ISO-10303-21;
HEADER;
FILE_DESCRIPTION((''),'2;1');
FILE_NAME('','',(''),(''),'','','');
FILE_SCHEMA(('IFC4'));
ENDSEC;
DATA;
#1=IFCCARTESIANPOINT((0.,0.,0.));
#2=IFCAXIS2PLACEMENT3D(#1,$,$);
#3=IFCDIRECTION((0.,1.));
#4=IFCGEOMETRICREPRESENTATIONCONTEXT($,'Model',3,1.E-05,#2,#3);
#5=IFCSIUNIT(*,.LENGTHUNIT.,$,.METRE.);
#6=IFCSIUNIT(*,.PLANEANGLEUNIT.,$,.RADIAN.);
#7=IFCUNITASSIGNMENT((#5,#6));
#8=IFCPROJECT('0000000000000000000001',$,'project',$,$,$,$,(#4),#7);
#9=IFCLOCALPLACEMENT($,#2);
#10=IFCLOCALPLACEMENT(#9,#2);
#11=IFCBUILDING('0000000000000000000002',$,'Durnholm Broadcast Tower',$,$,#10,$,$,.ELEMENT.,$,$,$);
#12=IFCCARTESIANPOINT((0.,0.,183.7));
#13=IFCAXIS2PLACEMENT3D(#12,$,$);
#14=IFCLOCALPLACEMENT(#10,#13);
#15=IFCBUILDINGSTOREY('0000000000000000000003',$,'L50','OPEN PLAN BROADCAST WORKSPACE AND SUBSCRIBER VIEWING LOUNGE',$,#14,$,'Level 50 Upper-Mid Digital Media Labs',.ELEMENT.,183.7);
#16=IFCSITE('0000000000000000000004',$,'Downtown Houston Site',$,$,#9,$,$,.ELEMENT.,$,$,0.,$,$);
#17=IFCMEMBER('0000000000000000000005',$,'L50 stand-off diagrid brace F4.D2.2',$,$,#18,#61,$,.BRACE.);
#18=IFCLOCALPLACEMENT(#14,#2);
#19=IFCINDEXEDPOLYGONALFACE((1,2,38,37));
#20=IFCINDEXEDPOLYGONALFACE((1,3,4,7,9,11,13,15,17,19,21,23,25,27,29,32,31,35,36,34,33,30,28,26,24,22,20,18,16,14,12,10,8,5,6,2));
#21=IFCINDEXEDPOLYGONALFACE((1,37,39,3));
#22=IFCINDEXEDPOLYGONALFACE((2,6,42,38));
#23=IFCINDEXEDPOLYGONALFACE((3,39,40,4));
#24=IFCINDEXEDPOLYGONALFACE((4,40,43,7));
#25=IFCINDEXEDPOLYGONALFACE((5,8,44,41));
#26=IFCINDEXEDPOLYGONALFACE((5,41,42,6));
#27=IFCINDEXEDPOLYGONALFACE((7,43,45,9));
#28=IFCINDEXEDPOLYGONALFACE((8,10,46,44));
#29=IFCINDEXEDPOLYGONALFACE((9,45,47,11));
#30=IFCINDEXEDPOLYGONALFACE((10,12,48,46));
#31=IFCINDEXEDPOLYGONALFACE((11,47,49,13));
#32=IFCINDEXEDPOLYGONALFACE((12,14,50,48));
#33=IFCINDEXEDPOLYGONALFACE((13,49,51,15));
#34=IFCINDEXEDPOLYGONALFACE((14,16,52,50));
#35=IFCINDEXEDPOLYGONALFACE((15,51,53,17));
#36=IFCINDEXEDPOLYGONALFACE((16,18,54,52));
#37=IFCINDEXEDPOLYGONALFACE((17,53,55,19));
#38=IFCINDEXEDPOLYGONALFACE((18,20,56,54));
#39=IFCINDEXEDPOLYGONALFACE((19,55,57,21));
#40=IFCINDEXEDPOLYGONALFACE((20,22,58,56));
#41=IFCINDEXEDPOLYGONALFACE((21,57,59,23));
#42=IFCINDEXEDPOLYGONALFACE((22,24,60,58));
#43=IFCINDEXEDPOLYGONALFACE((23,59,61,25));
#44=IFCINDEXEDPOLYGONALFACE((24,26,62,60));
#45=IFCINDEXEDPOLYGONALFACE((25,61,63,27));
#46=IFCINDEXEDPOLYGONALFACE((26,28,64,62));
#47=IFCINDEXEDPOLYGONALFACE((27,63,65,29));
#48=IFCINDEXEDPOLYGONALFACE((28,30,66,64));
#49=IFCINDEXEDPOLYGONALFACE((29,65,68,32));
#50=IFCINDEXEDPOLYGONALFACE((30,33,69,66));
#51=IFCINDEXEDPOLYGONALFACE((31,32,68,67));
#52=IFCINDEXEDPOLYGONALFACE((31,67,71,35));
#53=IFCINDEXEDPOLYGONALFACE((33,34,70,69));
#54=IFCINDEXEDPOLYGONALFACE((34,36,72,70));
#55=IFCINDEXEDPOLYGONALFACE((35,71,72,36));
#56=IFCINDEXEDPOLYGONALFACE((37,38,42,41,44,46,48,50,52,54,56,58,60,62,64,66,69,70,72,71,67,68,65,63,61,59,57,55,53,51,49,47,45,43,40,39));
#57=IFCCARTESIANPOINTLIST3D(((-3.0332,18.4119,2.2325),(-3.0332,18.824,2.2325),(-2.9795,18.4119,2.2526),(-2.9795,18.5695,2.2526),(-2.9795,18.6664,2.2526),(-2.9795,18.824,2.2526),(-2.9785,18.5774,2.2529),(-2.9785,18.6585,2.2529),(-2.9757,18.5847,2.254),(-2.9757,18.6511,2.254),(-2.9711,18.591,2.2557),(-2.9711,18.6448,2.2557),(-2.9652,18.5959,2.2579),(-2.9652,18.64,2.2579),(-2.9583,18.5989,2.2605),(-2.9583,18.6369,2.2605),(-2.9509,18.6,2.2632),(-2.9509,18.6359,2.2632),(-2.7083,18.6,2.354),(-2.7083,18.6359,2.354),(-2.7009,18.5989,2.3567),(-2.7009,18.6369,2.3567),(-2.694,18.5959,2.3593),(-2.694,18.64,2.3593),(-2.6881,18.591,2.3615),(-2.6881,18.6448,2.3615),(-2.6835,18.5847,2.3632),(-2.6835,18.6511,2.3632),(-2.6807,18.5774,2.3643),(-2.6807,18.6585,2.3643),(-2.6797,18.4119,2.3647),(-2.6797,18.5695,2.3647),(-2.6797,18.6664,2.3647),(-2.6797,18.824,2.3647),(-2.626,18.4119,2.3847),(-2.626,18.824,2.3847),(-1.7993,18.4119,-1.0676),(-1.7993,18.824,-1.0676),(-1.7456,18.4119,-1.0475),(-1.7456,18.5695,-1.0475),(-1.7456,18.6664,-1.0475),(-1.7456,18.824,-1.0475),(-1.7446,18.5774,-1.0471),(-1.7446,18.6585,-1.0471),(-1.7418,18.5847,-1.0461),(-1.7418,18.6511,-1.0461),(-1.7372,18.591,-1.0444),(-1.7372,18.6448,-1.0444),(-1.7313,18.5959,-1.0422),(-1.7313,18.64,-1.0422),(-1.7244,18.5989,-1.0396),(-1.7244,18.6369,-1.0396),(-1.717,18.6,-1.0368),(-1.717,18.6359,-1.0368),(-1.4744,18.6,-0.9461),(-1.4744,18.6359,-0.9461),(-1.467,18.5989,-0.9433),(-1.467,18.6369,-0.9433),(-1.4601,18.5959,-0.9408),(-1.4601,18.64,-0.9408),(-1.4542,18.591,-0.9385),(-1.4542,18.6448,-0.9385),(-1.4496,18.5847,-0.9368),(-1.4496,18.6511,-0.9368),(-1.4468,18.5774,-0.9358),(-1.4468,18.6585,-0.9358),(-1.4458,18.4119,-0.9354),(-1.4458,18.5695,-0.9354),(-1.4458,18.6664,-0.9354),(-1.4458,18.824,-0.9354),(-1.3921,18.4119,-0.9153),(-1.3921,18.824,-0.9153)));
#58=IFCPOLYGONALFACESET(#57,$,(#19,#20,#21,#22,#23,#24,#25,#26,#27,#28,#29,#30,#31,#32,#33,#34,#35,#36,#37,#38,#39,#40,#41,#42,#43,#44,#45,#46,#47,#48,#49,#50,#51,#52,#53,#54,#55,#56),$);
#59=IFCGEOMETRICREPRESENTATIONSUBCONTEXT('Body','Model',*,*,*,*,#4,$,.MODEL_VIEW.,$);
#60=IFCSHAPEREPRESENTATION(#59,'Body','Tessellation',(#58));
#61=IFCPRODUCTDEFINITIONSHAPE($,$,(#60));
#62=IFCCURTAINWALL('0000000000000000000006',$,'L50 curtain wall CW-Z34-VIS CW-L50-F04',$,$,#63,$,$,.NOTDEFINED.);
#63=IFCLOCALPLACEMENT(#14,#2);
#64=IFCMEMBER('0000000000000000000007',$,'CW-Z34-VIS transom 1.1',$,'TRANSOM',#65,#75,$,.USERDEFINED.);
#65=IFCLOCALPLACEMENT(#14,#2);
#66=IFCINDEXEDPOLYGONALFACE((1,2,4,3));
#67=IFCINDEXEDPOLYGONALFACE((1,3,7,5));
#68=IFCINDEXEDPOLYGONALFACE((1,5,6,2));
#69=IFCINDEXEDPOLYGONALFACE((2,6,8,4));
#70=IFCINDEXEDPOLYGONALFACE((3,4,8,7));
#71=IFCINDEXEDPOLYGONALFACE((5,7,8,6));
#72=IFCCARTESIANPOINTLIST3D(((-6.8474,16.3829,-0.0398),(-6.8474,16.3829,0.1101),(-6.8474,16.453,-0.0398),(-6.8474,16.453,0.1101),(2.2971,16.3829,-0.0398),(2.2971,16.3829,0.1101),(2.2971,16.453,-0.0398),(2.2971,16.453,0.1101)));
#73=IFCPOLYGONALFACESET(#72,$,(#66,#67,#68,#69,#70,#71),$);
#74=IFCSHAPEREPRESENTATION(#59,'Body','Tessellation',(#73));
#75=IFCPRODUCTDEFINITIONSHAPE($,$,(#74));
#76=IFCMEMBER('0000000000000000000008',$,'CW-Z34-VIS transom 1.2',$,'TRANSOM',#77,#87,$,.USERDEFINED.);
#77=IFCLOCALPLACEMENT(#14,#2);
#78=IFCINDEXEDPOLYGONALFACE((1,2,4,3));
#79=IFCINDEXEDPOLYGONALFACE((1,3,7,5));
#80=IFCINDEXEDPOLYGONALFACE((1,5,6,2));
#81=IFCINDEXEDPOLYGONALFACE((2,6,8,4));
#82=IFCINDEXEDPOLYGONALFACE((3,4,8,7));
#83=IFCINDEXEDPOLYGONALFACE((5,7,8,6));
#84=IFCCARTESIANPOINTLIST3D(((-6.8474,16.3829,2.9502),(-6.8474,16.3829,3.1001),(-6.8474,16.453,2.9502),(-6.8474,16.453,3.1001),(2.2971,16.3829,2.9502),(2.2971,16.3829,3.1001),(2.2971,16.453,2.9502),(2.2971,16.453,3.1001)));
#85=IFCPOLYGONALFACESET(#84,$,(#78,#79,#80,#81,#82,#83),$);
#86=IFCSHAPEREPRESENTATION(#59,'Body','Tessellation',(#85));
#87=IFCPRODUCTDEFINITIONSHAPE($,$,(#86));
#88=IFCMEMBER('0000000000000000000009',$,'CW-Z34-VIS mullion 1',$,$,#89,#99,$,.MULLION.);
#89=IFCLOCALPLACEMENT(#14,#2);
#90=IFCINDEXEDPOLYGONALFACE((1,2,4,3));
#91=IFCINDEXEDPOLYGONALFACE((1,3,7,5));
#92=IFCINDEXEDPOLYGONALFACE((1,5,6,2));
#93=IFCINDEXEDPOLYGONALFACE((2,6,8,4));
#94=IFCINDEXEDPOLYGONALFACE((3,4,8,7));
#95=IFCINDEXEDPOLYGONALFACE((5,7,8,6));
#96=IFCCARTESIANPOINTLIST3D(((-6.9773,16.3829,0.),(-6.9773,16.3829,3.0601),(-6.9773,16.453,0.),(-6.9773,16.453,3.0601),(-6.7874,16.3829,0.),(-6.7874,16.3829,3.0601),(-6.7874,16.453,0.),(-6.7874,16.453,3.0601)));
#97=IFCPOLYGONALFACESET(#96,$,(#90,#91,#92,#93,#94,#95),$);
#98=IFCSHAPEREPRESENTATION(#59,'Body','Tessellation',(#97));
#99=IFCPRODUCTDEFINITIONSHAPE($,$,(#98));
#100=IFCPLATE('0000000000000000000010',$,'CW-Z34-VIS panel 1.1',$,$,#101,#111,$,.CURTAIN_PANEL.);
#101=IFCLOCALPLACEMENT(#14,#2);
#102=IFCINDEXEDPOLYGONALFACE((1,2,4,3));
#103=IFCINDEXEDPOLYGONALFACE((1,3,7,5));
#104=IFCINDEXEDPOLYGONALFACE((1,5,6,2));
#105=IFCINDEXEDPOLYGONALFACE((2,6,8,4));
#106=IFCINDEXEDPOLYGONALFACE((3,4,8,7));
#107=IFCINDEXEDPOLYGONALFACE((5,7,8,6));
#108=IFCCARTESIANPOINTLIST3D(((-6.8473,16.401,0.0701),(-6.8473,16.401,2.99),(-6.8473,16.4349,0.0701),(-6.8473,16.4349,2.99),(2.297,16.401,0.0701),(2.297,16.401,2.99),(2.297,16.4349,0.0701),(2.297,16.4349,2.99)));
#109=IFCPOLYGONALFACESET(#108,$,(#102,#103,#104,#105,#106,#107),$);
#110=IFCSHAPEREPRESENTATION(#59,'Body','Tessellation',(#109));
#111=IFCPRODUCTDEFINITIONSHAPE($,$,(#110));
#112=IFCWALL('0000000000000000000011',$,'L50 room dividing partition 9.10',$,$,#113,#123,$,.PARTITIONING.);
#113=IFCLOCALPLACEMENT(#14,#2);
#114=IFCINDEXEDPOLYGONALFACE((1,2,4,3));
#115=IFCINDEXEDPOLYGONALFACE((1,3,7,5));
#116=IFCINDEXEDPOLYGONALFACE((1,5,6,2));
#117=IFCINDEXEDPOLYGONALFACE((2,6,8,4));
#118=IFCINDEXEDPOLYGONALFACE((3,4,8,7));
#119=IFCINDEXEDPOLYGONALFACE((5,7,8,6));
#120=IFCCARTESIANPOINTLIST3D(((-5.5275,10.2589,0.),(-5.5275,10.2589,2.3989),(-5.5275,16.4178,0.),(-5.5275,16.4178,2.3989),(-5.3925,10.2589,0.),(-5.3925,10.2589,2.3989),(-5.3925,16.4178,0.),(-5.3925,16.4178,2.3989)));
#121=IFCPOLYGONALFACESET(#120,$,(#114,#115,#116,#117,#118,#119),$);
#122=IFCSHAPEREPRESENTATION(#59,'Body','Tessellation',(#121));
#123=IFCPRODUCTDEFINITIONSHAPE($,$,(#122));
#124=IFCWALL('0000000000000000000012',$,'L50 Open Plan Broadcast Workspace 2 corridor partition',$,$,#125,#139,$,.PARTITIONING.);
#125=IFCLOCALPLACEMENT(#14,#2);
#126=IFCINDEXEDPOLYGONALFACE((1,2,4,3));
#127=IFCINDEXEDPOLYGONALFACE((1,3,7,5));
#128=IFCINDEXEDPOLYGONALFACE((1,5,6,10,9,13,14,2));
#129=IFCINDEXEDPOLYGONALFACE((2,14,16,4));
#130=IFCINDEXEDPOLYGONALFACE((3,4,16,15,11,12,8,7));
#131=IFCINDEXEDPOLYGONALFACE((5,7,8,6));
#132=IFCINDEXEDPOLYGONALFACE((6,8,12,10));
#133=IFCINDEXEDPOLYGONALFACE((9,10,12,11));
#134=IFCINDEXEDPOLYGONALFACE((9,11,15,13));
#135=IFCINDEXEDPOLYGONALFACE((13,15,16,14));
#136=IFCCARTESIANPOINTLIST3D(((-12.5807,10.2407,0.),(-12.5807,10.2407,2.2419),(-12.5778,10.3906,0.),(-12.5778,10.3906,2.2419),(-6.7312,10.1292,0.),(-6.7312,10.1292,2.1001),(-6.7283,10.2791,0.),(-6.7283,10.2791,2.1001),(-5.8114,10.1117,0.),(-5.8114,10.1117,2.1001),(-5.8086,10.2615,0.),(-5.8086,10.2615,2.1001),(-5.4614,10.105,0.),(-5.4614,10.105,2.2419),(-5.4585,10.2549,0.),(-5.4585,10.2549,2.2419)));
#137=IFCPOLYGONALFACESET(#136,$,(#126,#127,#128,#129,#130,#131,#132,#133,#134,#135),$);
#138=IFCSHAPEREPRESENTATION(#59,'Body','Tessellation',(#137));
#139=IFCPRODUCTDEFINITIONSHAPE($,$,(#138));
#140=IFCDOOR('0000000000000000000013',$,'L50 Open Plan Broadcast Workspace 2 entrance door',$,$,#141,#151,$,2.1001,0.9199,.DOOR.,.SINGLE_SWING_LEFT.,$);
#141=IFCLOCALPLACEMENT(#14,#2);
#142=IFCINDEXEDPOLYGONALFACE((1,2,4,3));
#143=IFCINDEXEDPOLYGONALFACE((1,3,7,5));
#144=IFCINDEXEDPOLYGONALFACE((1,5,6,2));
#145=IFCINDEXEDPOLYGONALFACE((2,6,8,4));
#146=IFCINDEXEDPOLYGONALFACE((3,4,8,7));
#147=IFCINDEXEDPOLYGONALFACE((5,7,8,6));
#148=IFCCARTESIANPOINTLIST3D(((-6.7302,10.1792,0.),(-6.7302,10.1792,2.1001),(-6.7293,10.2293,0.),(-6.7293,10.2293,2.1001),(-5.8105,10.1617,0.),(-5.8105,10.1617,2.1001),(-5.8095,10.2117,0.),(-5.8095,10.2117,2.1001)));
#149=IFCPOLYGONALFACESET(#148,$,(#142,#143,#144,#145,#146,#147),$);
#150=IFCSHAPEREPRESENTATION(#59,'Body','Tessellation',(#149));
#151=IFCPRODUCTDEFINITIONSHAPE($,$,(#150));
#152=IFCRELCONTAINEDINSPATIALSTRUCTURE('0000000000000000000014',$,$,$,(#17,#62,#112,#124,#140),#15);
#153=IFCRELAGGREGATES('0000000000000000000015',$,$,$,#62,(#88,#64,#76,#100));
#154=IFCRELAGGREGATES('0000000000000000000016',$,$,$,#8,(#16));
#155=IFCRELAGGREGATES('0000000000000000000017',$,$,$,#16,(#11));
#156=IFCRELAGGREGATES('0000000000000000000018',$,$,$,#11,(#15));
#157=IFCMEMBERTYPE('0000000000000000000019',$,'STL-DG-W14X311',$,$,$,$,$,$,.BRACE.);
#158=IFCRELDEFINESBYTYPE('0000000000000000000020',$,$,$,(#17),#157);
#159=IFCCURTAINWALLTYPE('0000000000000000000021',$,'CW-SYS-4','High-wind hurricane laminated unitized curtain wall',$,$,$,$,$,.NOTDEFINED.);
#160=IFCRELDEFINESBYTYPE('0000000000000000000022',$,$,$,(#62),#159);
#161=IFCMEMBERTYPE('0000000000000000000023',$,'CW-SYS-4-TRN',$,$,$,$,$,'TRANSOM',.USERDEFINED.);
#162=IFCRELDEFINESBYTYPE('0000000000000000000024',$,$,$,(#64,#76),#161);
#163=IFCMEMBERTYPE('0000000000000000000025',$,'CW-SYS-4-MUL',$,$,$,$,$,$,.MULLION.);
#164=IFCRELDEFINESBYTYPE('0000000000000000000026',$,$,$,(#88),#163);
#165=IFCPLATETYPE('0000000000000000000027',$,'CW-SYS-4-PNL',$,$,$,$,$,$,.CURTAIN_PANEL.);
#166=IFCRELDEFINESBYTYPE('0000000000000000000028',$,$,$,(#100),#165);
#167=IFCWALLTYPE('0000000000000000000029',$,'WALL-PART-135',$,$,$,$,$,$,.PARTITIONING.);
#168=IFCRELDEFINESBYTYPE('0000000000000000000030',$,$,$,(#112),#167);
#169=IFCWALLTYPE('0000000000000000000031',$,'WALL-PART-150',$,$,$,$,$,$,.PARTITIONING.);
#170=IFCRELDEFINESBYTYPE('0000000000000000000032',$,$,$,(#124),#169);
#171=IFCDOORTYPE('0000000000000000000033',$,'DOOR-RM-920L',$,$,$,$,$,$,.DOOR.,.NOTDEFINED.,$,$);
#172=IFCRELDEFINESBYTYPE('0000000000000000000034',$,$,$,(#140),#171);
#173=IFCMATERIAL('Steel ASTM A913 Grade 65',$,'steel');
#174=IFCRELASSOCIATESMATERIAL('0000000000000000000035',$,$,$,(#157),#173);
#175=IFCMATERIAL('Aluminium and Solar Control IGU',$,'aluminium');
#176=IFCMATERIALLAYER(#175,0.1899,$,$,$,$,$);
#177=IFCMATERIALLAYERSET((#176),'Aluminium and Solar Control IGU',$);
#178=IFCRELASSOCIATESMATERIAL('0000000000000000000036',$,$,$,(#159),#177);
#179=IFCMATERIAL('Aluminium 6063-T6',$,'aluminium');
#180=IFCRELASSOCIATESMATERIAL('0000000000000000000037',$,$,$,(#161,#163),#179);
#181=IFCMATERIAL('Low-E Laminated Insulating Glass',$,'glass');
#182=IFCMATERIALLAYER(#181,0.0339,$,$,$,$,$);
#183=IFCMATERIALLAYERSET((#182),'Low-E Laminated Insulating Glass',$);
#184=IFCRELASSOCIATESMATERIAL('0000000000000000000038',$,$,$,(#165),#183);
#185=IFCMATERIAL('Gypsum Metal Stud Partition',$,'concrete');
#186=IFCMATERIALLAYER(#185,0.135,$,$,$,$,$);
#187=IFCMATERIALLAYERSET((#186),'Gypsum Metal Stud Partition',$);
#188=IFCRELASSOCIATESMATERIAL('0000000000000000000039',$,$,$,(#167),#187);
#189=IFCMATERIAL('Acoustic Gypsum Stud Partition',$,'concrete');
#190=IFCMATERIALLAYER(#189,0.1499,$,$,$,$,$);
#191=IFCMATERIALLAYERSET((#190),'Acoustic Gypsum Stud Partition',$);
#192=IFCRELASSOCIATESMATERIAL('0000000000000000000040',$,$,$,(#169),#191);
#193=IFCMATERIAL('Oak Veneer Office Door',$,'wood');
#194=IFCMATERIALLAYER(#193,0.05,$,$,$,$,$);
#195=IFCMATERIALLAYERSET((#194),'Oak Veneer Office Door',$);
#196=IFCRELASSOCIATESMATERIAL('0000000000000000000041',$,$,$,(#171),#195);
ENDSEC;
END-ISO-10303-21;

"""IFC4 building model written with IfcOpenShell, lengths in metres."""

from ifc_helpers import new_model, si_unit, direction, frame, frame_2d, origin, origin_2d, place, context, subcontext, project, spatial, rectangle, i_section, extrude, source, transform, mapped, material, layer, layer_set, material_profile, profile_set, type_object, type_shapes, element, fill, aggregate, save


model = new_model("IFC4")

# Units and contexts
model_context = context("Model", 3, precision=1e-05, world=origin(), true_north=direction((0.0, 1.0)))
body_context = subcontext(model_context, "Body", "Model", "MODEL_VIEW")
ifc_project = project(units=[si_unit("LENGTHUNIT", "METRE"), si_unit("PLANEANGLEUNIT", "RADIAN")], contexts=[model_context])

# Site, building, storey
site_placement = place(None, origin())
site = spatial("IfcSite", under=ifc_project, at=site_placement, Name="Downtown Houston Site", CompositionType="ELEMENT", RefElevation=0.0)
building_placement = place(site_placement, origin())
building = spatial("IfcBuilding", under=site, at=building_placement, Name="Durnholm Broadcast Tower", CompositionType="ELEMENT")
storey_placement = place(building_placement, frame((0.0, 0.0, 183.7)))
storey = spatial("IfcBuildingStorey", under=building, at=storey_placement, Name="L50", Description="OPEN PLAN BROADCAST WORKSPACE AND SUBSCRIBER VIEWING LOUNGE", LongName="Level 50 Upper-Mid Digital Media Labs", CompositionType="ELEMENT", Elevation=183.7)

# Member
ifc_material_1 = material(Name="Steel ASTM A913 Grade 65", Category="steel")
ifc_material_profile_1 = material_profile(ifc_material_1, i_section(OverallWidth=0.4121, OverallDepth=0.4348, WebThickness=0.0359, FlangeThickness=0.0574, FilletRadius=0.0305, at=origin_2d()), Name="W14X311")
ifc_profile_set_1 = profile_set([ifc_material_profile_1], Name="Steel ASTM A913 Grade 65")
member_type_1 = type_object("IfcMemberType", Name="STL-DG-W14X311", PredefinedType="BRACE", material=ifc_profile_set_1)
shared_shape_1 = source(origin(), body_context, "Body", "SweptSolid", [
    extrude(i_section(OverallWidth=0.4121, OverallDepth=0.4348, WebThickness=0.0359, FlangeThickness=0.0574, FilletRadius=0.0305, at=origin_2d()), origin(), (0.0, 0.0, 1.0), 3.5232),
])
type_shapes(member_type_1, [shared_shape_1])
for number, where, z_axis, x_axis, name in (
    (1, (-1.5957, 18.6179, -0.9915), (-0.35022, 0.0, 0.936668), (0.0, -1.0, 0.0), "L50 stand-off diagrid brace F4.D2.2"),
):
    element("IfcMember", number, at=place(storey_placement, frame(where, z_axis=z_axis, x_axis=x_axis)), inside=storey, type_object=member_type_1, Name=name, PredefinedType="BRACE", context=body_context, shape_type="MappedRepresentation", body=[
        mapped(shared_shape_1, transform((0.0, 0.0, 0.0), x_axis=(1.0, 0.0, 0.0), y_axis=(0.0, 1.0, 0.0), z_axis=(0.0, 0.0, 1.0), scale=1.0)),
    ])

# Curtain wall, members, plate
ifc_material_2 = material(Name="Aluminium and Solar Control IGU", Category="aluminium")
ifc_layer_1 = layer(ifc_material_2, 0.1899)
ifc_layer_set_1 = layer_set([ifc_layer_1], Name="Aluminium and Solar Control IGU")
curtain_wall_type = type_object("IfcCurtainWallType", Name="CW-SYS-4", Description="High-wind hurricane laminated unitized curtain wall", PredefinedType="NOTDEFINED", material=ifc_layer_set_1)
curtain_wall_placement = place(storey_placement, origin())
curtain_wall = element("IfcCurtainWall", 2, at=curtain_wall_placement, inside=storey, type_object=curtain_wall_type, Name="L50 curtain wall CW-Z34-VIS CW-L50-F04", PredefinedType="NOTDEFINED")
ifc_material_3 = material(Name="Aluminium 6063-T6", Category="aluminium")
ifc_material_profile_2 = material_profile(ifc_material_3, rectangle(XDim=0.0701, YDim=0.1499, at=origin_2d()), Name="CWT70X150")
ifc_profile_set_2 = profile_set([ifc_material_profile_2], Name="Aluminium 6063-T6")
member_type_2 = type_object("IfcMemberType", Name="CW-SYS-4-TRN", ElementType="TRANSOM", PredefinedType="USERDEFINED", material=ifc_profile_set_2)
shared_shape_2 = source(origin(), body_context, "Body", "SweptSolid", [
    extrude(rectangle(XDim=0.0701, YDim=0.1499, at=origin_2d()), origin(), (0.0, 0.0, 1.0), 9.1445),
])
type_shapes(member_type_2, [shared_shape_2])
member_1_placement = place(storey_placement, frame((-6.8474, 16.418, 0.0352), z_axis=(1.0, 0.0, 0.0), x_axis=(0.0, 1.0, 0.0)))
member_1 = element("IfcMember", 3, at=member_1_placement, type_object=member_type_2, Name="CW-Z34-VIS transom 1.1", ObjectType="TRANSOM", PredefinedType="USERDEFINED", context=body_context, shape_type="MappedRepresentation", body=[
    mapped(shared_shape_2, transform((0.0, 0.0, 0.0), x_axis=(1.0, 0.0, 0.0), y_axis=(0.0, 1.0, 0.0), z_axis=(0.0, 0.0, 1.0), scale=1.0)),
])
member_2_placement = place(storey_placement, frame((-6.8474, 16.418, 3.0251), z_axis=(1.0, 0.0, 0.0), x_axis=(0.0, 1.0, 0.0)))
member_2 = element("IfcMember", 4, at=member_2_placement, type_object=member_type_2, Name="CW-Z34-VIS transom 1.2", ObjectType="TRANSOM", PredefinedType="USERDEFINED", context=body_context, shape_type="MappedRepresentation", body=[
    mapped(shared_shape_2, transform((0.0, 0.0, 0.0), x_axis=(1.0, 0.0, 0.0), y_axis=(0.0, 1.0, 0.0), z_axis=(0.0, 0.0, 1.0), scale=1.0)),
])
ifc_material_profile_3 = material_profile(ifc_material_3, rectangle(XDim=0.0701, YDim=0.1899, at=origin_2d()), Name="CWM70X190")
ifc_profile_set_3 = profile_set([ifc_material_profile_3], Name="Aluminium 6063-T6")
member_type_3 = type_object("IfcMemberType", Name="CW-SYS-4-MUL", PredefinedType="MULLION", material=ifc_profile_set_3)
shared_shape_3 = source(origin(), body_context, "Body", "SweptSolid", [
    extrude(rectangle(XDim=0.0701, YDim=0.1899, at=origin_2d()), origin(), (0.0, 0.0, 1.0), 3.0601),
])
type_shapes(member_type_3, [shared_shape_3])
member_3_placement = place(storey_placement, frame((-6.8823, 16.418, 0.0), z_axis=(0.0, 0.0, 1.0), x_axis=(0.0, 1.0, 0.0)))
member_3 = element("IfcMember", 5, at=member_3_placement, type_object=member_type_3, Name="CW-Z34-VIS mullion 1", PredefinedType="MULLION", context=body_context, shape_type="MappedRepresentation", body=[
    mapped(shared_shape_3, transform((0.0, 0.0, 0.0), x_axis=(1.0, 0.0, 0.0), y_axis=(0.0, 1.0, 0.0), z_axis=(0.0, 0.0, 1.0), scale=1.0)),
])
ifc_material_4 = material(Name="Low-E Laminated Insulating Glass", Category="glass")
ifc_layer_2 = layer(ifc_material_4, 0.0339)
ifc_layer_set_2 = layer_set([ifc_layer_2], Name="Low-E Laminated Insulating Glass")
plate_type = type_object("IfcPlateType", Name="CW-SYS-4-PNL", PredefinedType="CURTAIN_PANEL", material=ifc_layer_set_2)
shared_shape_4 = source(origin(), body_context, "Body", "SweptSolid", [
    extrude(rectangle(XDim=9.1443, YDim=0.0339, at=origin_2d()), origin(), (0.0, 0.0, 1.0), 2.9199),
])
type_shapes(plate_type, [shared_shape_4])
plate_placement = place(storey_placement, frame((-2.2751, 16.418, 0.0701), z_axis=(0.0, 0.0, 1.0), x_axis=(1.0, 0.0, 0.0)))
plate = element("IfcPlate", 6, at=plate_placement, type_object=plate_type, Name="CW-Z34-VIS panel 1.1", PredefinedType="CURTAIN_PANEL", context=body_context, shape_type="MappedRepresentation", body=[
    mapped(shared_shape_4, transform((0.0, 0.0, 0.0), x_axis=(1.0, 0.0, 0.0), y_axis=(0.0, 1.0, 0.0), z_axis=(0.0, 0.0, 1.0), scale=1.0)),
])
aggregate(curtain_wall, [member_3, member_1, member_2, plate])

# Wall
ifc_material_5 = material(Name="Gypsum Metal Stud Partition", Category="concrete")
ifc_layer_3 = layer(ifc_material_5, 0.135)
ifc_layer_set_3 = layer_set([ifc_layer_3], Name="Gypsum Metal Stud Partition")
wall_type_1 = type_object("IfcWallType", Name="WALL-PART-135", PredefinedType="PARTITIONING", material=ifc_layer_set_3)
wall_1_placement = place(storey_placement, frame((-5.46, 16.418, 0.0), z_axis=(0.0, 0.0, 1.0), x_axis=(0.0, -1.0, 0.0)))
element("IfcWall", 7, at=wall_1_placement, inside=storey, type_object=wall_type_1, Name="L50 room dividing partition 9.10", PredefinedType="PARTITIONING", context=body_context, shape_type="SweptSolid", body=[
    extrude(rectangle(XDim=6.1589, YDim=0.135, at=frame_2d((3.0796, 0.0))), origin(), (0.0, 0.0, 1.0), 2.3989),
])

# Wall, opening, door
ifc_material_6 = material(Name="Acoustic Gypsum Stud Partition", Category="concrete")
ifc_layer_4 = layer(ifc_material_6, 0.1499)
ifc_layer_set_4 = layer_set([ifc_layer_4], Name="Acoustic Gypsum Stud Partition")
wall_type_2 = type_object("IfcWallType", Name="WALL-PART-150", PredefinedType="PARTITIONING", material=ifc_layer_set_4)
wall_2_placement = place(storey_placement, frame((-5.46, 10.1799, 0.0), z_axis=(0.0, 0.0, 1.0), x_axis=(-0.999818, 0.019063, 0.0)))
wall_2 = element("IfcWall", 8, at=wall_2_placement, inside=storey, type_object=wall_type_2, Name="L50 Open Plan Broadcast Workspace 2 corridor partition", PredefinedType="PARTITIONING", context=body_context, shape_type="SweptSolid", body=[
    extrude(rectangle(XDim=7.1206, YDim=0.1499, at=frame_2d((3.5603, 0.0))), origin(), (0.0, 0.0, 1.0), 2.2419),
])
opening_1_placement = place(wall_2_placement, frame((0.3501, 0.0, 0.0)))
opening_1 = element("IfcOpeningElement", 9, at=opening_1_placement, cuts=wall_2, PredefinedType="OPENING", context=body_context, shape_type="SweptSolid", body=[
    extrude(rectangle(XDim=0.9199, YDim=2.1001, at=frame_2d((0.46, 1.05))), frame((0.0, 0.085, 0.0), z_axis=(0.0, -1.0, 0.0), x_axis=(1.0, 0.0, 0.0)), (0.0, 0.0, 1.0), 0.1699),
])
ifc_material_7 = material(Name="Oak Veneer Office Door", Category="wood")
ifc_layer_5 = layer(ifc_material_7, 0.05)
ifc_layer_set_5 = layer_set([ifc_layer_5], Name="Oak Veneer Office Door")
door_type_1 = type_object("IfcDoorType", Name="DOOR-RM-920L", OperationType="NOTDEFINED", PredefinedType="DOOR", material=ifc_layer_set_5)
shared_shape_5 = source(origin(), body_context, "Body", "SweptSolid", [
    extrude(rectangle(XDim=0.9199, YDim=2.1001, at=frame_2d((0.46, 1.05))), frame((0.0, 0.0249, 0.0), z_axis=(0.0, -1.0, 0.0), x_axis=(1.0, 0.0, 0.0)), (0.0, 0.0, 1.0), 0.05),
])
type_shapes(door_type_1, [shared_shape_5])
door_1_placement = place(opening_1_placement, origin())
door_1 = element("IfcDoor", 10, at=door_1_placement, inside=storey, type_object=door_type_1, Name="L50 Open Plan Broadcast Workspace 2 entrance door", OperationType="SINGLE_SWING_LEFT", OverallHeight=2.1001, OverallWidth=0.9199, PredefinedType="DOOR", context=body_context, shape_type="MappedRepresentation", body=[
    mapped(shared_shape_5, transform((0.0, 0.0, 0.0), x_axis=(1.0, 0.0, 0.0), y_axis=(0.0, 1.0, 0.0), z_axis=(0.0, 0.0, 1.0), scale=1.0)),
])
fill(opening_1, door_1)

save(model, "model.ifc")
